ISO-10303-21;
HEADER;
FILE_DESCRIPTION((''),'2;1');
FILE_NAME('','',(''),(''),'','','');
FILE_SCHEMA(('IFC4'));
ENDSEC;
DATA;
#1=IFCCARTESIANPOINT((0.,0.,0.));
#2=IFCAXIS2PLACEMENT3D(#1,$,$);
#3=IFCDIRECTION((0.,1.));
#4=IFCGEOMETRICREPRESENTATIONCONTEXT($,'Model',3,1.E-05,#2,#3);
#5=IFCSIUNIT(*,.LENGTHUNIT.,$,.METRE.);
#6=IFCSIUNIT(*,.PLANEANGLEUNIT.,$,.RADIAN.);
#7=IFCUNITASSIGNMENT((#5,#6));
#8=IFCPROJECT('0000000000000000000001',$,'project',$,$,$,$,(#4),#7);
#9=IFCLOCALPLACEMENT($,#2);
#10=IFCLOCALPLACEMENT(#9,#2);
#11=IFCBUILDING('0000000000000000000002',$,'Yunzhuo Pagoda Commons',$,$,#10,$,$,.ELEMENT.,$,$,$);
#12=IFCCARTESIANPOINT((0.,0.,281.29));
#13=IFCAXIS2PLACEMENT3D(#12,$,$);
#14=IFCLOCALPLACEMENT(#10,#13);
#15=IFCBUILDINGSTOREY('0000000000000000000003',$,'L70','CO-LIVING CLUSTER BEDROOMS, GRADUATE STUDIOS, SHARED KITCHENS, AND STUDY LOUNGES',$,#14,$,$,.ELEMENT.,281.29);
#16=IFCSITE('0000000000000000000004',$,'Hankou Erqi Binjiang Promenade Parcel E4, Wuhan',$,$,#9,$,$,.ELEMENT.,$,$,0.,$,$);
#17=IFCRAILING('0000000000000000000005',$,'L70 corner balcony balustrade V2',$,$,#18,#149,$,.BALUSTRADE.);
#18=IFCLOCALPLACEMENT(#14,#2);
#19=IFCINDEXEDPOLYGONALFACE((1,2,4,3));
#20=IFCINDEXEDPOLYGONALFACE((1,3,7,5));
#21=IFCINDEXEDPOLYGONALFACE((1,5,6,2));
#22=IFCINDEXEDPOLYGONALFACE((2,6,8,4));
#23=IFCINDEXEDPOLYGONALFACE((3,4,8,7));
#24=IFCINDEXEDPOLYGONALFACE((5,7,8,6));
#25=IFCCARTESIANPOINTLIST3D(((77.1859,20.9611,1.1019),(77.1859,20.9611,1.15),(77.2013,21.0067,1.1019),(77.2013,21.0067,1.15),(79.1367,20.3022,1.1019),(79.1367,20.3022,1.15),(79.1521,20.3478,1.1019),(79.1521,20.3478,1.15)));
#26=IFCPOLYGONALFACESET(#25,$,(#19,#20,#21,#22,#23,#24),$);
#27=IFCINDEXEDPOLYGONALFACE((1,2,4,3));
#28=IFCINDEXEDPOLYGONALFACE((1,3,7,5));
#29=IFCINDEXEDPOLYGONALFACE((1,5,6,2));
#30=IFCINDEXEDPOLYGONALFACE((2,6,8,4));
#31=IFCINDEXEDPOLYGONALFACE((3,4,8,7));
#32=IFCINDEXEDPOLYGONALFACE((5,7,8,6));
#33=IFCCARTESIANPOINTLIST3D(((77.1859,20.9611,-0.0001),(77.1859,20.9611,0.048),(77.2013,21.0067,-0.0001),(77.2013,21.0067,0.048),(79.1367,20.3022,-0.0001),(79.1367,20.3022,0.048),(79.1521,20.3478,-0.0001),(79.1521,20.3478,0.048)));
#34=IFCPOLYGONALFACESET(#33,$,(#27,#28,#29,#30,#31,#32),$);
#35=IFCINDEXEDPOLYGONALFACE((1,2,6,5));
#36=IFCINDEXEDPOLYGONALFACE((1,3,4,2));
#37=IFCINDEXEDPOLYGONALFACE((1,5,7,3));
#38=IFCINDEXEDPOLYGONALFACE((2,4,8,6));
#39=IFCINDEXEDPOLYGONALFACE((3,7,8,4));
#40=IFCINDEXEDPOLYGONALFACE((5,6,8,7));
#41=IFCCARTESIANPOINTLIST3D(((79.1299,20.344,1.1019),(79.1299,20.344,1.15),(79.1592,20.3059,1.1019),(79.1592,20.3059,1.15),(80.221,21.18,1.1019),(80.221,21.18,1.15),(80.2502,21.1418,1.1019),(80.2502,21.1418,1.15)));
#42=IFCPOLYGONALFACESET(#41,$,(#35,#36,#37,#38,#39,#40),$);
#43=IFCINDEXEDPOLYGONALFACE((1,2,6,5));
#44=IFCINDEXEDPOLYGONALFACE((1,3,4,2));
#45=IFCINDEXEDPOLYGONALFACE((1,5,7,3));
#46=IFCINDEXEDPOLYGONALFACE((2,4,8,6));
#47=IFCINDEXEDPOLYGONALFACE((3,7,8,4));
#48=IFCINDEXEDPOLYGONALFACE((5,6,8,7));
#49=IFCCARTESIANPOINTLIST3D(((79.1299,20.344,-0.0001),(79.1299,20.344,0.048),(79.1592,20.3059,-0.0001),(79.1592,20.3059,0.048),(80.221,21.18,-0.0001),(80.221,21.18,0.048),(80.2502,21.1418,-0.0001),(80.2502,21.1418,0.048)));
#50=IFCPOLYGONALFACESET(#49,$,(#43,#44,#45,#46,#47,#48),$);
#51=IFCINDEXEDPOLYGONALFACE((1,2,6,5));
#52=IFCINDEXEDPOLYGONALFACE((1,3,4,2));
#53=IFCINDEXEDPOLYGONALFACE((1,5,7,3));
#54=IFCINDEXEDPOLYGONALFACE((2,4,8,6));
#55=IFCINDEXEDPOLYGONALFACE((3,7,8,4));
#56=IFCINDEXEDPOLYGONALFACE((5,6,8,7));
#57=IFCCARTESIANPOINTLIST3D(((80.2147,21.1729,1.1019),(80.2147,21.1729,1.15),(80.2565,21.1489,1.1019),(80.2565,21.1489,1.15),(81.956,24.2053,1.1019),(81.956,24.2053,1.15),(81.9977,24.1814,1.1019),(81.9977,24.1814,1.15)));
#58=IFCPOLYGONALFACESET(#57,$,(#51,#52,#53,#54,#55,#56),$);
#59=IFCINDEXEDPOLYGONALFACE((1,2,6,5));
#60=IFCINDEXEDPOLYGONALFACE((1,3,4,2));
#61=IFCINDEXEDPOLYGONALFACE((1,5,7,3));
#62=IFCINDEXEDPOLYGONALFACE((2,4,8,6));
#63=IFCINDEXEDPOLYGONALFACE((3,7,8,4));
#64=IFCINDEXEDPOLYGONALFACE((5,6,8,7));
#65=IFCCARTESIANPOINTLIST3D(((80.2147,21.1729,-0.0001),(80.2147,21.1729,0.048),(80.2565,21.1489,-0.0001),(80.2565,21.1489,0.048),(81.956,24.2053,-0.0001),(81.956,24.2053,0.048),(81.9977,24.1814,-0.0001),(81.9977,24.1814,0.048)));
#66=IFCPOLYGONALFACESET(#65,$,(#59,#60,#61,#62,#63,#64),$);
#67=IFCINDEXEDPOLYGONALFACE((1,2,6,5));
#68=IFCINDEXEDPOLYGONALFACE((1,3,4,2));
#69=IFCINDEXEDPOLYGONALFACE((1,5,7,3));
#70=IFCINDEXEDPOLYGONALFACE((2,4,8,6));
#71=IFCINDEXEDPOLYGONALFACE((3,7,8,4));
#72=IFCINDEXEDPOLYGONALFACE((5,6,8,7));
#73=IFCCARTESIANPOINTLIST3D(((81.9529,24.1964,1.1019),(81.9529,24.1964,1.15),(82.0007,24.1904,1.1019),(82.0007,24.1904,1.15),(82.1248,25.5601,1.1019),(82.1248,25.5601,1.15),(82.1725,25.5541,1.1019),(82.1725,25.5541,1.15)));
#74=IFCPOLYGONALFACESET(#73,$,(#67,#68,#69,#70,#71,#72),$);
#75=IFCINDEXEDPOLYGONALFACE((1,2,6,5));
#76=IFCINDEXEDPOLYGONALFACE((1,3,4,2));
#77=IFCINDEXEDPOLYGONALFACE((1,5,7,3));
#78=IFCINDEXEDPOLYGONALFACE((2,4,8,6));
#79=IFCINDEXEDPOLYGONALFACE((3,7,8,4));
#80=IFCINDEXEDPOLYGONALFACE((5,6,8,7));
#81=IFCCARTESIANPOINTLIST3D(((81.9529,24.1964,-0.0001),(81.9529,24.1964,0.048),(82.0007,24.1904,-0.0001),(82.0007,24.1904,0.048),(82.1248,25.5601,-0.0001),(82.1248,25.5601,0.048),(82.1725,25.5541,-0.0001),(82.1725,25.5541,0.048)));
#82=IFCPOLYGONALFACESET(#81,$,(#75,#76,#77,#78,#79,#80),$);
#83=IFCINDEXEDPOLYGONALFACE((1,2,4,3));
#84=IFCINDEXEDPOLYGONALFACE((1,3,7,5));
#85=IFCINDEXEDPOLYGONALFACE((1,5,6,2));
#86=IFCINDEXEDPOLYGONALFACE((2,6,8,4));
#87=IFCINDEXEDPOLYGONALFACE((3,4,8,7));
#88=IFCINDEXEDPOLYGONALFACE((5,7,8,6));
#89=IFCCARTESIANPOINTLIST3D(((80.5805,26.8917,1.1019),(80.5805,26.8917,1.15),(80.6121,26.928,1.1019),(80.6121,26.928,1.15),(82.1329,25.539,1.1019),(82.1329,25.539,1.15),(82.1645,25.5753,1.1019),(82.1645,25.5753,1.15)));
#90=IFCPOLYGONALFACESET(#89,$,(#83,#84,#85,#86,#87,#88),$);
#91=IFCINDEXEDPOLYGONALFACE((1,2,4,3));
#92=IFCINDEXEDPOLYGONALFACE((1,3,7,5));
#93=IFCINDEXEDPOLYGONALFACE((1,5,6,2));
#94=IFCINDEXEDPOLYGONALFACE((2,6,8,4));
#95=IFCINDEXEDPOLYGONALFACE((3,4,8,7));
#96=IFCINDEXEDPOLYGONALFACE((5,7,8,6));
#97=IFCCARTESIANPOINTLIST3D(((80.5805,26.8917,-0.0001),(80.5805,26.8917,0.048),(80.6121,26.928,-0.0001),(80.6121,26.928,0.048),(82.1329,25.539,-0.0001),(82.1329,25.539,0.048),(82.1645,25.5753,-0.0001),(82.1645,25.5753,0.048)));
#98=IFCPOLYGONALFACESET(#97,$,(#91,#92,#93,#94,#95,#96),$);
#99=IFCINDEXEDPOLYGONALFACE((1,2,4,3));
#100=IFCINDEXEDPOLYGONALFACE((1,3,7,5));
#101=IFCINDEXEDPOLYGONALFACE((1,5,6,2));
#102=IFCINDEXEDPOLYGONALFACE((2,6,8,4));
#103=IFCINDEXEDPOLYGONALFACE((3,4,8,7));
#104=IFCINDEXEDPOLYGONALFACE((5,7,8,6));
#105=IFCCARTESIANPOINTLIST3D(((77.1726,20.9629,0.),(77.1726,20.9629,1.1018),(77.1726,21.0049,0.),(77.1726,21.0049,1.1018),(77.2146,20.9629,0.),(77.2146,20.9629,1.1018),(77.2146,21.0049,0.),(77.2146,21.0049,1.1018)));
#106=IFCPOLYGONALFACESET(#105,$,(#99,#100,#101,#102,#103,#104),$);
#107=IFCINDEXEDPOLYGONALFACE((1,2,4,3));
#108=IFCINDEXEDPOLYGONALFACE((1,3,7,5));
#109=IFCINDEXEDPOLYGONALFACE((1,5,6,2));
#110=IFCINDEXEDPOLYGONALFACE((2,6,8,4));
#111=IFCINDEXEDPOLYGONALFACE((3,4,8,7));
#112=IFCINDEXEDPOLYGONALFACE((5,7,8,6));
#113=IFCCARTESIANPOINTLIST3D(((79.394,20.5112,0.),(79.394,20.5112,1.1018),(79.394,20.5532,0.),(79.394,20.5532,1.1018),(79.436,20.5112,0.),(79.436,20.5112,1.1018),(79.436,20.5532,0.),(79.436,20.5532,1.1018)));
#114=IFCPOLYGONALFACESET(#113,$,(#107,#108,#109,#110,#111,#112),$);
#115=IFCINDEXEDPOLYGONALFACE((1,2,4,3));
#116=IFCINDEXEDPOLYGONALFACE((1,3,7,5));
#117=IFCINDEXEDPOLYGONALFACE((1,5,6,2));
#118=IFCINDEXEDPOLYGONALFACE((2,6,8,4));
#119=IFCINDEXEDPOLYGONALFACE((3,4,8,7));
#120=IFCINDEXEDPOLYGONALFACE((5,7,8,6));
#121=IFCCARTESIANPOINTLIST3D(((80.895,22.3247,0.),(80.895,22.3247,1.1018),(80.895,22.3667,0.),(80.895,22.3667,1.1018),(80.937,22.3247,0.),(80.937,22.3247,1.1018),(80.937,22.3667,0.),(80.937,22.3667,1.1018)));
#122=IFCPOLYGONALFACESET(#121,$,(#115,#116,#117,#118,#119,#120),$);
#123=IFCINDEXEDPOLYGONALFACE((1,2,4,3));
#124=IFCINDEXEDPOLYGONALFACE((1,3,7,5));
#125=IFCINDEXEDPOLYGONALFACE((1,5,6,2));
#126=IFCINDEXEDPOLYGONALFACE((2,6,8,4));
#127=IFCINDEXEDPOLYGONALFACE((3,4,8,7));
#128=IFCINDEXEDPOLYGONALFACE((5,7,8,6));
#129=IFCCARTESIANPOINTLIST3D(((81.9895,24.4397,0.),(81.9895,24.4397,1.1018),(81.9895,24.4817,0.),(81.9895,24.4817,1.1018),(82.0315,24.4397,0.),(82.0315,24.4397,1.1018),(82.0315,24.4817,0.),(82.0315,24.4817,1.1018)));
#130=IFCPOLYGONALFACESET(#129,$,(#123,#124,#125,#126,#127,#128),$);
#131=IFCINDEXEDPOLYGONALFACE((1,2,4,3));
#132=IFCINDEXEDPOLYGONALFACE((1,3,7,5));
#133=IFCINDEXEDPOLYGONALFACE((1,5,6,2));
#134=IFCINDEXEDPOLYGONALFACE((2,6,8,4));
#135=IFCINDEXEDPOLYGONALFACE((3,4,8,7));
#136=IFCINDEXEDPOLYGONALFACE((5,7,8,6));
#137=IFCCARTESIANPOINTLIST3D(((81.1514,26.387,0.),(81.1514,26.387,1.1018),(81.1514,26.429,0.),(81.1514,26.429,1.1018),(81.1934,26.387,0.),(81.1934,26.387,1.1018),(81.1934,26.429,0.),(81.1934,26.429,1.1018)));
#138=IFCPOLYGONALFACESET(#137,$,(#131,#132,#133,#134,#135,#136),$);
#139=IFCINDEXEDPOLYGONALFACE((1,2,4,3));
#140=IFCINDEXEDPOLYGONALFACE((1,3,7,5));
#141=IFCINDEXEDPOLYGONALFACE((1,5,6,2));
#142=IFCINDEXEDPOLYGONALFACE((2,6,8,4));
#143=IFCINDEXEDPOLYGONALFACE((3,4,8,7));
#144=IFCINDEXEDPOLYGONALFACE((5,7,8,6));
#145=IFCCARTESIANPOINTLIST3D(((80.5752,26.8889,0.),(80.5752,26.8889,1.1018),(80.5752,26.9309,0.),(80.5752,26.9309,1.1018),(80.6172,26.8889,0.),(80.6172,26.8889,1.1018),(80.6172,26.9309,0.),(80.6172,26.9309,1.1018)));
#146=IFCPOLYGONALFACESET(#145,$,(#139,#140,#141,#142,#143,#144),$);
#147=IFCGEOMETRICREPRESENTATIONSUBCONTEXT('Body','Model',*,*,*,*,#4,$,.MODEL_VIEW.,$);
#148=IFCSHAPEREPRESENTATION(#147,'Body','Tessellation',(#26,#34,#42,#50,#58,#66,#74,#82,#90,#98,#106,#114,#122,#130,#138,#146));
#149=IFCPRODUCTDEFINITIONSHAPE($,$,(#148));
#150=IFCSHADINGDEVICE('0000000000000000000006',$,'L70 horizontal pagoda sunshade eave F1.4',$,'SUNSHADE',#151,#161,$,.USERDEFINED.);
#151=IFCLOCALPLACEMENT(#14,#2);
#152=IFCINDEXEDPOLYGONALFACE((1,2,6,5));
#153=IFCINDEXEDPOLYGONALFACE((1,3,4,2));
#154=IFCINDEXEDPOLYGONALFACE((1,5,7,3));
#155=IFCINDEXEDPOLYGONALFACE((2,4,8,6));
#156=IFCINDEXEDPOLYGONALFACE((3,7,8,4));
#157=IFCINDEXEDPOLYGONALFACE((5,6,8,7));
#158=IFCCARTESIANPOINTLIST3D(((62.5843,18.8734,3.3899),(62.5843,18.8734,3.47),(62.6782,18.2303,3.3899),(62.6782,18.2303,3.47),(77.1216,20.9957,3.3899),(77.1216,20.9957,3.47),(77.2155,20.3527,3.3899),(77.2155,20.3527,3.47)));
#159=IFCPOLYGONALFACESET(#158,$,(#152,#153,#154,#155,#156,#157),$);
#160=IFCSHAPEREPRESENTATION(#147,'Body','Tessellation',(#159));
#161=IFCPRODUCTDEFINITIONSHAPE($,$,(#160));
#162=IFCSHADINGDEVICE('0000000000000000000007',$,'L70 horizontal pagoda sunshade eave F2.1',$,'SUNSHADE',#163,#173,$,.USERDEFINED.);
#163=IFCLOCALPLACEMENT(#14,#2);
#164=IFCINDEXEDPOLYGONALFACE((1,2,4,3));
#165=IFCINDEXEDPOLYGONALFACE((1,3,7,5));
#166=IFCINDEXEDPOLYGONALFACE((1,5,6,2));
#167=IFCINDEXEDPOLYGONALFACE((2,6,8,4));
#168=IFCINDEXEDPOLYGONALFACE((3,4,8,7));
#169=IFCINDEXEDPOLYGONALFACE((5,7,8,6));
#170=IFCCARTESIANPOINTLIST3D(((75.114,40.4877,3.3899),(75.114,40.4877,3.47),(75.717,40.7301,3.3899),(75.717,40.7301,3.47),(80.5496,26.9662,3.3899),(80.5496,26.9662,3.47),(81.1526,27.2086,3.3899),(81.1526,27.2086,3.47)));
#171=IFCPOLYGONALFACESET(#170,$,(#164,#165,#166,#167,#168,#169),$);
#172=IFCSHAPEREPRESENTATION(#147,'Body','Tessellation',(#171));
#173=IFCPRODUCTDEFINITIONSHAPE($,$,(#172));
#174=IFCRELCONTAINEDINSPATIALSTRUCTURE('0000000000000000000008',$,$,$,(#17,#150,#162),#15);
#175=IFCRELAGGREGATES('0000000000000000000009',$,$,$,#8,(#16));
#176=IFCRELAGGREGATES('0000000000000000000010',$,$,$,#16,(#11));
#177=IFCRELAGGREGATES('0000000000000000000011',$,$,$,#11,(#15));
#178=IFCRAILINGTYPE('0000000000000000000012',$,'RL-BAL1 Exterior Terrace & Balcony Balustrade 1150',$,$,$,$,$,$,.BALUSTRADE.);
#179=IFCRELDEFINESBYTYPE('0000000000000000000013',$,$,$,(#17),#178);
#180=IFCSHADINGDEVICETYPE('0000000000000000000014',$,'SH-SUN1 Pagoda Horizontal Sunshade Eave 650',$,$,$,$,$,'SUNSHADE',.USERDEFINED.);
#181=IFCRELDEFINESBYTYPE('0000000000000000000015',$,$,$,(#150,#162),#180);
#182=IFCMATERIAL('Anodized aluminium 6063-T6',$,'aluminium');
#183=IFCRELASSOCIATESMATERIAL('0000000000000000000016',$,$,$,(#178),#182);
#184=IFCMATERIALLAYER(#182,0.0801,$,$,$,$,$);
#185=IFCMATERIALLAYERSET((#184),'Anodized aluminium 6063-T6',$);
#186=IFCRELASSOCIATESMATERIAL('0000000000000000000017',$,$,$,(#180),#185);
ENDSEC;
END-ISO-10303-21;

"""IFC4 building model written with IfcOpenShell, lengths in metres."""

from ifc_helpers import new_model, si_unit, direction, frame, origin, origin_2d, place, context, subcontext, project, spatial, rectangle, extrude, source, transform, mapped, material, layer, layer_set, type_object, element, save


model = new_model("IFC4")

# Units and contexts
model_context = context("Model", 3, precision=1e-05, world=origin(), true_north=direction((0.0, 1.0)))
body_context = subcontext(model_context, "Body", "Model", "MODEL_VIEW")
ifc_project = project(units=[si_unit("LENGTHUNIT", "METRE"), si_unit("PLANEANGLEUNIT", "RADIAN")], contexts=[model_context])

# Site, building, storey
site_placement = place(None, origin())
site = spatial("IfcSite", under=ifc_project, at=site_placement, Name="Hankou Erqi Binjiang Promenade Parcel E4, Wuhan", CompositionType="ELEMENT", RefElevation=0.0)
building_placement = place(site_placement, origin())
building = spatial("IfcBuilding", under=site, at=building_placement, Name="Yunzhuo Pagoda Commons", CompositionType="ELEMENT")
storey_placement = place(building_placement, frame((0.0, 0.0, 281.29)))
storey = spatial("IfcBuildingStorey", under=building, at=storey_placement, Name="L70", Description="CO-LIVING CLUSTER BEDROOMS, GRADUATE STUDIOS, SHARED KITCHENS, AND STUDY LOUNGES", CompositionType="ELEMENT", Elevation=281.29)

# Shared definitions
ifc_material_1 = material(Name="Anodized aluminium 6063-T6", Category="aluminium")

# Railing
railing_type = type_object("IfcRailingType", Name="RL-BAL1 Exterior Terrace & Balcony Balustrade 1150", PredefinedType="BALUSTRADE", material=ifc_material_1)
railing_placement = place(storey_placement, frame((77.1936, 20.9839, 0.0)))
element("IfcRailing", 1, at=railing_placement, inside=storey, type_object=railing_type, Name="L70 corner balcony balustrade V2", PredefinedType="BALUSTRADE", context=body_context, shape_type="SweptSolid", body=[
    extrude(rectangle(XDim=0.0481, YDim=0.0481, at=origin_2d()), frame((0.0, 0.0, 1.126), z_axis=(0.947419, -0.319996, 0.0), x_axis=(0.319996, 0.947419, 0.0)), (0.0, 0.0, 1.0), 2.0591),
    extrude(rectangle(XDim=0.0481, YDim=0.0481, at=origin_2d()), frame((0.0, 0.0, 0.0239), z_axis=(0.947419, -0.319996, 0.0), x_axis=(0.319996, 0.947419, 0.0)), (0.0, 0.0, 1.0), 2.0591),
    extrude(rectangle(XDim=0.0481, YDim=0.0481, at=origin_2d()), frame((1.9509, -0.6589, 1.126), z_axis=(0.793798, 0.608182, 0.0), x_axis=(-0.608182, 0.793798, 0.0)), (0.0, 0.0, 1.0), 1.3745),
    extrude(rectangle(XDim=0.0481, YDim=0.0481, at=origin_2d()), frame((1.9509, -0.6589, 0.0239), z_axis=(0.793798, 0.608182, 0.0), x_axis=(-0.608182, 0.793798, 0.0)), (0.0, 0.0, 1.0), 1.3745),
    extrude(rectangle(XDim=0.0481, YDim=0.0481, at=origin_2d()), frame((3.042, 0.177, 1.126), z_axis=(0.497942, 0.86721, 0.0), x_axis=(-0.86721, 0.497942, 0.0)), (0.0, 0.0, 1.0), 3.4968),
    extrude(rectangle(XDim=0.0481, YDim=0.0481, at=origin_2d()), frame((3.042, 0.177, 0.0239), z_axis=(0.497942, 0.86721, 0.0), x_axis=(-0.86721, 0.497942, 0.0)), (0.0, 0.0, 1.0), 3.4968),
    extrude(rectangle(XDim=0.0481, YDim=0.0481, at=origin_2d()), frame((4.7832, 3.2095, 1.126), z_axis=(0.12504, 0.992152, 0.0), x_axis=(-0.992152, 0.12504, 0.0)), (0.0, 0.0, 1.0), 1.3745),
    extrude(rectangle(XDim=0.0481, YDim=0.0481, at=origin_2d()), frame((4.7832, 3.2095, 0.0239), z_axis=(0.12504, 0.992152, 0.0), x_axis=(-0.992152, 0.12504, 0.0)), (0.0, 0.0, 1.0), 1.3745),
    extrude(rectangle(XDim=0.0481, YDim=0.0481, at=origin_2d()), frame((4.9551, 4.5732, 1.126), z_axis=(-0.753934, 0.65695, 0.0), x_axis=(-0.65695, -0.753934, 0.0)), (0.0, 0.0, 1.0), 2.0591),
    extrude(rectangle(XDim=0.0481, YDim=0.0481, at=origin_2d()), frame((4.9551, 4.5732, 0.0239), z_axis=(-0.753934, 0.65695, 0.0), x_axis=(-0.65695, -0.753934, 0.0)), (0.0, 0.0, 1.0), 2.0591),
    extrude(rectangle(XDim=0.042, YDim=0.042, at=origin_2d()), origin(), (0.0, 0.0, 1.0), 1.1018),
    extrude(rectangle(XDim=0.042, YDim=0.042, at=origin_2d()), frame((2.2214, -0.4517, 0.0)), (0.0, 0.0, 1.0), 1.1018),
    extrude(rectangle(XDim=0.042, YDim=0.042, at=origin_2d()), frame((3.7224, 1.3618, 0.0)), (0.0, 0.0, 1.0), 1.1018),
    extrude(rectangle(XDim=0.042, YDim=0.042, at=origin_2d()), frame((4.8169, 3.4768, 0.0)), (0.0, 0.0, 1.0), 1.1018),
    extrude(rectangle(XDim=0.042, YDim=0.042, at=origin_2d()), frame((3.9788, 5.4241, 0.0)), (0.0, 0.0, 1.0), 1.1018),
    extrude(rectangle(XDim=0.042, YDim=0.042, at=origin_2d()), frame((3.4026, 5.926, 0.0)), (0.0, 0.0, 1.0), 1.1018),
])

# Shading devices
ifc_layer_1 = layer(ifc_material_1, 0.0801)
ifc_layer_set_1 = layer_set([ifc_layer_1], Name="Anodized aluminium 6063-T6")
shading_device_type = type_object("IfcShadingDeviceType", Name="SH-SUN1 Pagoda Horizontal Sunshade Eave 650", ElementType="SUNSHADE", PredefinedType="USERDEFINED", material=ifc_layer_set_1)
shared_shape_1 = source(origin(), body_context, "Body", "SweptSolid", [
    extrude(rectangle(XDim=14.6914, YDim=0.6499, at=origin_2d()), origin(), (0.0, 0.0, 1.0), 0.0801),
])
shading_device_1_placement = place(storey_placement, frame((69.8999, 19.613, 3.3899), z_axis=(0.0, 0.0, 1.0), x_axis=(0.989511, 0.14446, 0.0)))
element("IfcShadingDevice", 2, at=shading_device_1_placement, inside=storey, type_object=shading_device_type, Name="L70 horizontal pagoda sunshade eave F1.4", ObjectType="SUNSHADE", PredefinedType="USERDEFINED", context=body_context, shape_type="MappedRepresentation", body=[
    mapped(shared_shape_1, transform((0.0, 0.0, 0.0), scale=1.0)),
])
shared_shape_2 = source(origin(), body_context, "Body", "SweptSolid", [
    extrude(rectangle(XDim=14.5732, YDim=0.6499, at=origin_2d()), origin(), (0.0, 0.0, 1.0), 0.0801),
])
shading_device_2_placement = place(storey_placement, frame((78.1333, 33.8481, 3.3899), z_axis=(0.0, 0.0, 1.0), x_axis=(-0.372988, 0.927836, 0.0)))
element("IfcShadingDevice", 3, at=shading_device_2_placement, inside=storey, type_object=shading_device_type, Name="L70 horizontal pagoda sunshade eave F2.1", ObjectType="SUNSHADE", PredefinedType="USERDEFINED", context=body_context, shape_type="MappedRepresentation", body=[
    mapped(shared_shape_2, transform((0.0, 0.0, 0.0), scale=1.0)),
])

save(model, "model.ifc")
